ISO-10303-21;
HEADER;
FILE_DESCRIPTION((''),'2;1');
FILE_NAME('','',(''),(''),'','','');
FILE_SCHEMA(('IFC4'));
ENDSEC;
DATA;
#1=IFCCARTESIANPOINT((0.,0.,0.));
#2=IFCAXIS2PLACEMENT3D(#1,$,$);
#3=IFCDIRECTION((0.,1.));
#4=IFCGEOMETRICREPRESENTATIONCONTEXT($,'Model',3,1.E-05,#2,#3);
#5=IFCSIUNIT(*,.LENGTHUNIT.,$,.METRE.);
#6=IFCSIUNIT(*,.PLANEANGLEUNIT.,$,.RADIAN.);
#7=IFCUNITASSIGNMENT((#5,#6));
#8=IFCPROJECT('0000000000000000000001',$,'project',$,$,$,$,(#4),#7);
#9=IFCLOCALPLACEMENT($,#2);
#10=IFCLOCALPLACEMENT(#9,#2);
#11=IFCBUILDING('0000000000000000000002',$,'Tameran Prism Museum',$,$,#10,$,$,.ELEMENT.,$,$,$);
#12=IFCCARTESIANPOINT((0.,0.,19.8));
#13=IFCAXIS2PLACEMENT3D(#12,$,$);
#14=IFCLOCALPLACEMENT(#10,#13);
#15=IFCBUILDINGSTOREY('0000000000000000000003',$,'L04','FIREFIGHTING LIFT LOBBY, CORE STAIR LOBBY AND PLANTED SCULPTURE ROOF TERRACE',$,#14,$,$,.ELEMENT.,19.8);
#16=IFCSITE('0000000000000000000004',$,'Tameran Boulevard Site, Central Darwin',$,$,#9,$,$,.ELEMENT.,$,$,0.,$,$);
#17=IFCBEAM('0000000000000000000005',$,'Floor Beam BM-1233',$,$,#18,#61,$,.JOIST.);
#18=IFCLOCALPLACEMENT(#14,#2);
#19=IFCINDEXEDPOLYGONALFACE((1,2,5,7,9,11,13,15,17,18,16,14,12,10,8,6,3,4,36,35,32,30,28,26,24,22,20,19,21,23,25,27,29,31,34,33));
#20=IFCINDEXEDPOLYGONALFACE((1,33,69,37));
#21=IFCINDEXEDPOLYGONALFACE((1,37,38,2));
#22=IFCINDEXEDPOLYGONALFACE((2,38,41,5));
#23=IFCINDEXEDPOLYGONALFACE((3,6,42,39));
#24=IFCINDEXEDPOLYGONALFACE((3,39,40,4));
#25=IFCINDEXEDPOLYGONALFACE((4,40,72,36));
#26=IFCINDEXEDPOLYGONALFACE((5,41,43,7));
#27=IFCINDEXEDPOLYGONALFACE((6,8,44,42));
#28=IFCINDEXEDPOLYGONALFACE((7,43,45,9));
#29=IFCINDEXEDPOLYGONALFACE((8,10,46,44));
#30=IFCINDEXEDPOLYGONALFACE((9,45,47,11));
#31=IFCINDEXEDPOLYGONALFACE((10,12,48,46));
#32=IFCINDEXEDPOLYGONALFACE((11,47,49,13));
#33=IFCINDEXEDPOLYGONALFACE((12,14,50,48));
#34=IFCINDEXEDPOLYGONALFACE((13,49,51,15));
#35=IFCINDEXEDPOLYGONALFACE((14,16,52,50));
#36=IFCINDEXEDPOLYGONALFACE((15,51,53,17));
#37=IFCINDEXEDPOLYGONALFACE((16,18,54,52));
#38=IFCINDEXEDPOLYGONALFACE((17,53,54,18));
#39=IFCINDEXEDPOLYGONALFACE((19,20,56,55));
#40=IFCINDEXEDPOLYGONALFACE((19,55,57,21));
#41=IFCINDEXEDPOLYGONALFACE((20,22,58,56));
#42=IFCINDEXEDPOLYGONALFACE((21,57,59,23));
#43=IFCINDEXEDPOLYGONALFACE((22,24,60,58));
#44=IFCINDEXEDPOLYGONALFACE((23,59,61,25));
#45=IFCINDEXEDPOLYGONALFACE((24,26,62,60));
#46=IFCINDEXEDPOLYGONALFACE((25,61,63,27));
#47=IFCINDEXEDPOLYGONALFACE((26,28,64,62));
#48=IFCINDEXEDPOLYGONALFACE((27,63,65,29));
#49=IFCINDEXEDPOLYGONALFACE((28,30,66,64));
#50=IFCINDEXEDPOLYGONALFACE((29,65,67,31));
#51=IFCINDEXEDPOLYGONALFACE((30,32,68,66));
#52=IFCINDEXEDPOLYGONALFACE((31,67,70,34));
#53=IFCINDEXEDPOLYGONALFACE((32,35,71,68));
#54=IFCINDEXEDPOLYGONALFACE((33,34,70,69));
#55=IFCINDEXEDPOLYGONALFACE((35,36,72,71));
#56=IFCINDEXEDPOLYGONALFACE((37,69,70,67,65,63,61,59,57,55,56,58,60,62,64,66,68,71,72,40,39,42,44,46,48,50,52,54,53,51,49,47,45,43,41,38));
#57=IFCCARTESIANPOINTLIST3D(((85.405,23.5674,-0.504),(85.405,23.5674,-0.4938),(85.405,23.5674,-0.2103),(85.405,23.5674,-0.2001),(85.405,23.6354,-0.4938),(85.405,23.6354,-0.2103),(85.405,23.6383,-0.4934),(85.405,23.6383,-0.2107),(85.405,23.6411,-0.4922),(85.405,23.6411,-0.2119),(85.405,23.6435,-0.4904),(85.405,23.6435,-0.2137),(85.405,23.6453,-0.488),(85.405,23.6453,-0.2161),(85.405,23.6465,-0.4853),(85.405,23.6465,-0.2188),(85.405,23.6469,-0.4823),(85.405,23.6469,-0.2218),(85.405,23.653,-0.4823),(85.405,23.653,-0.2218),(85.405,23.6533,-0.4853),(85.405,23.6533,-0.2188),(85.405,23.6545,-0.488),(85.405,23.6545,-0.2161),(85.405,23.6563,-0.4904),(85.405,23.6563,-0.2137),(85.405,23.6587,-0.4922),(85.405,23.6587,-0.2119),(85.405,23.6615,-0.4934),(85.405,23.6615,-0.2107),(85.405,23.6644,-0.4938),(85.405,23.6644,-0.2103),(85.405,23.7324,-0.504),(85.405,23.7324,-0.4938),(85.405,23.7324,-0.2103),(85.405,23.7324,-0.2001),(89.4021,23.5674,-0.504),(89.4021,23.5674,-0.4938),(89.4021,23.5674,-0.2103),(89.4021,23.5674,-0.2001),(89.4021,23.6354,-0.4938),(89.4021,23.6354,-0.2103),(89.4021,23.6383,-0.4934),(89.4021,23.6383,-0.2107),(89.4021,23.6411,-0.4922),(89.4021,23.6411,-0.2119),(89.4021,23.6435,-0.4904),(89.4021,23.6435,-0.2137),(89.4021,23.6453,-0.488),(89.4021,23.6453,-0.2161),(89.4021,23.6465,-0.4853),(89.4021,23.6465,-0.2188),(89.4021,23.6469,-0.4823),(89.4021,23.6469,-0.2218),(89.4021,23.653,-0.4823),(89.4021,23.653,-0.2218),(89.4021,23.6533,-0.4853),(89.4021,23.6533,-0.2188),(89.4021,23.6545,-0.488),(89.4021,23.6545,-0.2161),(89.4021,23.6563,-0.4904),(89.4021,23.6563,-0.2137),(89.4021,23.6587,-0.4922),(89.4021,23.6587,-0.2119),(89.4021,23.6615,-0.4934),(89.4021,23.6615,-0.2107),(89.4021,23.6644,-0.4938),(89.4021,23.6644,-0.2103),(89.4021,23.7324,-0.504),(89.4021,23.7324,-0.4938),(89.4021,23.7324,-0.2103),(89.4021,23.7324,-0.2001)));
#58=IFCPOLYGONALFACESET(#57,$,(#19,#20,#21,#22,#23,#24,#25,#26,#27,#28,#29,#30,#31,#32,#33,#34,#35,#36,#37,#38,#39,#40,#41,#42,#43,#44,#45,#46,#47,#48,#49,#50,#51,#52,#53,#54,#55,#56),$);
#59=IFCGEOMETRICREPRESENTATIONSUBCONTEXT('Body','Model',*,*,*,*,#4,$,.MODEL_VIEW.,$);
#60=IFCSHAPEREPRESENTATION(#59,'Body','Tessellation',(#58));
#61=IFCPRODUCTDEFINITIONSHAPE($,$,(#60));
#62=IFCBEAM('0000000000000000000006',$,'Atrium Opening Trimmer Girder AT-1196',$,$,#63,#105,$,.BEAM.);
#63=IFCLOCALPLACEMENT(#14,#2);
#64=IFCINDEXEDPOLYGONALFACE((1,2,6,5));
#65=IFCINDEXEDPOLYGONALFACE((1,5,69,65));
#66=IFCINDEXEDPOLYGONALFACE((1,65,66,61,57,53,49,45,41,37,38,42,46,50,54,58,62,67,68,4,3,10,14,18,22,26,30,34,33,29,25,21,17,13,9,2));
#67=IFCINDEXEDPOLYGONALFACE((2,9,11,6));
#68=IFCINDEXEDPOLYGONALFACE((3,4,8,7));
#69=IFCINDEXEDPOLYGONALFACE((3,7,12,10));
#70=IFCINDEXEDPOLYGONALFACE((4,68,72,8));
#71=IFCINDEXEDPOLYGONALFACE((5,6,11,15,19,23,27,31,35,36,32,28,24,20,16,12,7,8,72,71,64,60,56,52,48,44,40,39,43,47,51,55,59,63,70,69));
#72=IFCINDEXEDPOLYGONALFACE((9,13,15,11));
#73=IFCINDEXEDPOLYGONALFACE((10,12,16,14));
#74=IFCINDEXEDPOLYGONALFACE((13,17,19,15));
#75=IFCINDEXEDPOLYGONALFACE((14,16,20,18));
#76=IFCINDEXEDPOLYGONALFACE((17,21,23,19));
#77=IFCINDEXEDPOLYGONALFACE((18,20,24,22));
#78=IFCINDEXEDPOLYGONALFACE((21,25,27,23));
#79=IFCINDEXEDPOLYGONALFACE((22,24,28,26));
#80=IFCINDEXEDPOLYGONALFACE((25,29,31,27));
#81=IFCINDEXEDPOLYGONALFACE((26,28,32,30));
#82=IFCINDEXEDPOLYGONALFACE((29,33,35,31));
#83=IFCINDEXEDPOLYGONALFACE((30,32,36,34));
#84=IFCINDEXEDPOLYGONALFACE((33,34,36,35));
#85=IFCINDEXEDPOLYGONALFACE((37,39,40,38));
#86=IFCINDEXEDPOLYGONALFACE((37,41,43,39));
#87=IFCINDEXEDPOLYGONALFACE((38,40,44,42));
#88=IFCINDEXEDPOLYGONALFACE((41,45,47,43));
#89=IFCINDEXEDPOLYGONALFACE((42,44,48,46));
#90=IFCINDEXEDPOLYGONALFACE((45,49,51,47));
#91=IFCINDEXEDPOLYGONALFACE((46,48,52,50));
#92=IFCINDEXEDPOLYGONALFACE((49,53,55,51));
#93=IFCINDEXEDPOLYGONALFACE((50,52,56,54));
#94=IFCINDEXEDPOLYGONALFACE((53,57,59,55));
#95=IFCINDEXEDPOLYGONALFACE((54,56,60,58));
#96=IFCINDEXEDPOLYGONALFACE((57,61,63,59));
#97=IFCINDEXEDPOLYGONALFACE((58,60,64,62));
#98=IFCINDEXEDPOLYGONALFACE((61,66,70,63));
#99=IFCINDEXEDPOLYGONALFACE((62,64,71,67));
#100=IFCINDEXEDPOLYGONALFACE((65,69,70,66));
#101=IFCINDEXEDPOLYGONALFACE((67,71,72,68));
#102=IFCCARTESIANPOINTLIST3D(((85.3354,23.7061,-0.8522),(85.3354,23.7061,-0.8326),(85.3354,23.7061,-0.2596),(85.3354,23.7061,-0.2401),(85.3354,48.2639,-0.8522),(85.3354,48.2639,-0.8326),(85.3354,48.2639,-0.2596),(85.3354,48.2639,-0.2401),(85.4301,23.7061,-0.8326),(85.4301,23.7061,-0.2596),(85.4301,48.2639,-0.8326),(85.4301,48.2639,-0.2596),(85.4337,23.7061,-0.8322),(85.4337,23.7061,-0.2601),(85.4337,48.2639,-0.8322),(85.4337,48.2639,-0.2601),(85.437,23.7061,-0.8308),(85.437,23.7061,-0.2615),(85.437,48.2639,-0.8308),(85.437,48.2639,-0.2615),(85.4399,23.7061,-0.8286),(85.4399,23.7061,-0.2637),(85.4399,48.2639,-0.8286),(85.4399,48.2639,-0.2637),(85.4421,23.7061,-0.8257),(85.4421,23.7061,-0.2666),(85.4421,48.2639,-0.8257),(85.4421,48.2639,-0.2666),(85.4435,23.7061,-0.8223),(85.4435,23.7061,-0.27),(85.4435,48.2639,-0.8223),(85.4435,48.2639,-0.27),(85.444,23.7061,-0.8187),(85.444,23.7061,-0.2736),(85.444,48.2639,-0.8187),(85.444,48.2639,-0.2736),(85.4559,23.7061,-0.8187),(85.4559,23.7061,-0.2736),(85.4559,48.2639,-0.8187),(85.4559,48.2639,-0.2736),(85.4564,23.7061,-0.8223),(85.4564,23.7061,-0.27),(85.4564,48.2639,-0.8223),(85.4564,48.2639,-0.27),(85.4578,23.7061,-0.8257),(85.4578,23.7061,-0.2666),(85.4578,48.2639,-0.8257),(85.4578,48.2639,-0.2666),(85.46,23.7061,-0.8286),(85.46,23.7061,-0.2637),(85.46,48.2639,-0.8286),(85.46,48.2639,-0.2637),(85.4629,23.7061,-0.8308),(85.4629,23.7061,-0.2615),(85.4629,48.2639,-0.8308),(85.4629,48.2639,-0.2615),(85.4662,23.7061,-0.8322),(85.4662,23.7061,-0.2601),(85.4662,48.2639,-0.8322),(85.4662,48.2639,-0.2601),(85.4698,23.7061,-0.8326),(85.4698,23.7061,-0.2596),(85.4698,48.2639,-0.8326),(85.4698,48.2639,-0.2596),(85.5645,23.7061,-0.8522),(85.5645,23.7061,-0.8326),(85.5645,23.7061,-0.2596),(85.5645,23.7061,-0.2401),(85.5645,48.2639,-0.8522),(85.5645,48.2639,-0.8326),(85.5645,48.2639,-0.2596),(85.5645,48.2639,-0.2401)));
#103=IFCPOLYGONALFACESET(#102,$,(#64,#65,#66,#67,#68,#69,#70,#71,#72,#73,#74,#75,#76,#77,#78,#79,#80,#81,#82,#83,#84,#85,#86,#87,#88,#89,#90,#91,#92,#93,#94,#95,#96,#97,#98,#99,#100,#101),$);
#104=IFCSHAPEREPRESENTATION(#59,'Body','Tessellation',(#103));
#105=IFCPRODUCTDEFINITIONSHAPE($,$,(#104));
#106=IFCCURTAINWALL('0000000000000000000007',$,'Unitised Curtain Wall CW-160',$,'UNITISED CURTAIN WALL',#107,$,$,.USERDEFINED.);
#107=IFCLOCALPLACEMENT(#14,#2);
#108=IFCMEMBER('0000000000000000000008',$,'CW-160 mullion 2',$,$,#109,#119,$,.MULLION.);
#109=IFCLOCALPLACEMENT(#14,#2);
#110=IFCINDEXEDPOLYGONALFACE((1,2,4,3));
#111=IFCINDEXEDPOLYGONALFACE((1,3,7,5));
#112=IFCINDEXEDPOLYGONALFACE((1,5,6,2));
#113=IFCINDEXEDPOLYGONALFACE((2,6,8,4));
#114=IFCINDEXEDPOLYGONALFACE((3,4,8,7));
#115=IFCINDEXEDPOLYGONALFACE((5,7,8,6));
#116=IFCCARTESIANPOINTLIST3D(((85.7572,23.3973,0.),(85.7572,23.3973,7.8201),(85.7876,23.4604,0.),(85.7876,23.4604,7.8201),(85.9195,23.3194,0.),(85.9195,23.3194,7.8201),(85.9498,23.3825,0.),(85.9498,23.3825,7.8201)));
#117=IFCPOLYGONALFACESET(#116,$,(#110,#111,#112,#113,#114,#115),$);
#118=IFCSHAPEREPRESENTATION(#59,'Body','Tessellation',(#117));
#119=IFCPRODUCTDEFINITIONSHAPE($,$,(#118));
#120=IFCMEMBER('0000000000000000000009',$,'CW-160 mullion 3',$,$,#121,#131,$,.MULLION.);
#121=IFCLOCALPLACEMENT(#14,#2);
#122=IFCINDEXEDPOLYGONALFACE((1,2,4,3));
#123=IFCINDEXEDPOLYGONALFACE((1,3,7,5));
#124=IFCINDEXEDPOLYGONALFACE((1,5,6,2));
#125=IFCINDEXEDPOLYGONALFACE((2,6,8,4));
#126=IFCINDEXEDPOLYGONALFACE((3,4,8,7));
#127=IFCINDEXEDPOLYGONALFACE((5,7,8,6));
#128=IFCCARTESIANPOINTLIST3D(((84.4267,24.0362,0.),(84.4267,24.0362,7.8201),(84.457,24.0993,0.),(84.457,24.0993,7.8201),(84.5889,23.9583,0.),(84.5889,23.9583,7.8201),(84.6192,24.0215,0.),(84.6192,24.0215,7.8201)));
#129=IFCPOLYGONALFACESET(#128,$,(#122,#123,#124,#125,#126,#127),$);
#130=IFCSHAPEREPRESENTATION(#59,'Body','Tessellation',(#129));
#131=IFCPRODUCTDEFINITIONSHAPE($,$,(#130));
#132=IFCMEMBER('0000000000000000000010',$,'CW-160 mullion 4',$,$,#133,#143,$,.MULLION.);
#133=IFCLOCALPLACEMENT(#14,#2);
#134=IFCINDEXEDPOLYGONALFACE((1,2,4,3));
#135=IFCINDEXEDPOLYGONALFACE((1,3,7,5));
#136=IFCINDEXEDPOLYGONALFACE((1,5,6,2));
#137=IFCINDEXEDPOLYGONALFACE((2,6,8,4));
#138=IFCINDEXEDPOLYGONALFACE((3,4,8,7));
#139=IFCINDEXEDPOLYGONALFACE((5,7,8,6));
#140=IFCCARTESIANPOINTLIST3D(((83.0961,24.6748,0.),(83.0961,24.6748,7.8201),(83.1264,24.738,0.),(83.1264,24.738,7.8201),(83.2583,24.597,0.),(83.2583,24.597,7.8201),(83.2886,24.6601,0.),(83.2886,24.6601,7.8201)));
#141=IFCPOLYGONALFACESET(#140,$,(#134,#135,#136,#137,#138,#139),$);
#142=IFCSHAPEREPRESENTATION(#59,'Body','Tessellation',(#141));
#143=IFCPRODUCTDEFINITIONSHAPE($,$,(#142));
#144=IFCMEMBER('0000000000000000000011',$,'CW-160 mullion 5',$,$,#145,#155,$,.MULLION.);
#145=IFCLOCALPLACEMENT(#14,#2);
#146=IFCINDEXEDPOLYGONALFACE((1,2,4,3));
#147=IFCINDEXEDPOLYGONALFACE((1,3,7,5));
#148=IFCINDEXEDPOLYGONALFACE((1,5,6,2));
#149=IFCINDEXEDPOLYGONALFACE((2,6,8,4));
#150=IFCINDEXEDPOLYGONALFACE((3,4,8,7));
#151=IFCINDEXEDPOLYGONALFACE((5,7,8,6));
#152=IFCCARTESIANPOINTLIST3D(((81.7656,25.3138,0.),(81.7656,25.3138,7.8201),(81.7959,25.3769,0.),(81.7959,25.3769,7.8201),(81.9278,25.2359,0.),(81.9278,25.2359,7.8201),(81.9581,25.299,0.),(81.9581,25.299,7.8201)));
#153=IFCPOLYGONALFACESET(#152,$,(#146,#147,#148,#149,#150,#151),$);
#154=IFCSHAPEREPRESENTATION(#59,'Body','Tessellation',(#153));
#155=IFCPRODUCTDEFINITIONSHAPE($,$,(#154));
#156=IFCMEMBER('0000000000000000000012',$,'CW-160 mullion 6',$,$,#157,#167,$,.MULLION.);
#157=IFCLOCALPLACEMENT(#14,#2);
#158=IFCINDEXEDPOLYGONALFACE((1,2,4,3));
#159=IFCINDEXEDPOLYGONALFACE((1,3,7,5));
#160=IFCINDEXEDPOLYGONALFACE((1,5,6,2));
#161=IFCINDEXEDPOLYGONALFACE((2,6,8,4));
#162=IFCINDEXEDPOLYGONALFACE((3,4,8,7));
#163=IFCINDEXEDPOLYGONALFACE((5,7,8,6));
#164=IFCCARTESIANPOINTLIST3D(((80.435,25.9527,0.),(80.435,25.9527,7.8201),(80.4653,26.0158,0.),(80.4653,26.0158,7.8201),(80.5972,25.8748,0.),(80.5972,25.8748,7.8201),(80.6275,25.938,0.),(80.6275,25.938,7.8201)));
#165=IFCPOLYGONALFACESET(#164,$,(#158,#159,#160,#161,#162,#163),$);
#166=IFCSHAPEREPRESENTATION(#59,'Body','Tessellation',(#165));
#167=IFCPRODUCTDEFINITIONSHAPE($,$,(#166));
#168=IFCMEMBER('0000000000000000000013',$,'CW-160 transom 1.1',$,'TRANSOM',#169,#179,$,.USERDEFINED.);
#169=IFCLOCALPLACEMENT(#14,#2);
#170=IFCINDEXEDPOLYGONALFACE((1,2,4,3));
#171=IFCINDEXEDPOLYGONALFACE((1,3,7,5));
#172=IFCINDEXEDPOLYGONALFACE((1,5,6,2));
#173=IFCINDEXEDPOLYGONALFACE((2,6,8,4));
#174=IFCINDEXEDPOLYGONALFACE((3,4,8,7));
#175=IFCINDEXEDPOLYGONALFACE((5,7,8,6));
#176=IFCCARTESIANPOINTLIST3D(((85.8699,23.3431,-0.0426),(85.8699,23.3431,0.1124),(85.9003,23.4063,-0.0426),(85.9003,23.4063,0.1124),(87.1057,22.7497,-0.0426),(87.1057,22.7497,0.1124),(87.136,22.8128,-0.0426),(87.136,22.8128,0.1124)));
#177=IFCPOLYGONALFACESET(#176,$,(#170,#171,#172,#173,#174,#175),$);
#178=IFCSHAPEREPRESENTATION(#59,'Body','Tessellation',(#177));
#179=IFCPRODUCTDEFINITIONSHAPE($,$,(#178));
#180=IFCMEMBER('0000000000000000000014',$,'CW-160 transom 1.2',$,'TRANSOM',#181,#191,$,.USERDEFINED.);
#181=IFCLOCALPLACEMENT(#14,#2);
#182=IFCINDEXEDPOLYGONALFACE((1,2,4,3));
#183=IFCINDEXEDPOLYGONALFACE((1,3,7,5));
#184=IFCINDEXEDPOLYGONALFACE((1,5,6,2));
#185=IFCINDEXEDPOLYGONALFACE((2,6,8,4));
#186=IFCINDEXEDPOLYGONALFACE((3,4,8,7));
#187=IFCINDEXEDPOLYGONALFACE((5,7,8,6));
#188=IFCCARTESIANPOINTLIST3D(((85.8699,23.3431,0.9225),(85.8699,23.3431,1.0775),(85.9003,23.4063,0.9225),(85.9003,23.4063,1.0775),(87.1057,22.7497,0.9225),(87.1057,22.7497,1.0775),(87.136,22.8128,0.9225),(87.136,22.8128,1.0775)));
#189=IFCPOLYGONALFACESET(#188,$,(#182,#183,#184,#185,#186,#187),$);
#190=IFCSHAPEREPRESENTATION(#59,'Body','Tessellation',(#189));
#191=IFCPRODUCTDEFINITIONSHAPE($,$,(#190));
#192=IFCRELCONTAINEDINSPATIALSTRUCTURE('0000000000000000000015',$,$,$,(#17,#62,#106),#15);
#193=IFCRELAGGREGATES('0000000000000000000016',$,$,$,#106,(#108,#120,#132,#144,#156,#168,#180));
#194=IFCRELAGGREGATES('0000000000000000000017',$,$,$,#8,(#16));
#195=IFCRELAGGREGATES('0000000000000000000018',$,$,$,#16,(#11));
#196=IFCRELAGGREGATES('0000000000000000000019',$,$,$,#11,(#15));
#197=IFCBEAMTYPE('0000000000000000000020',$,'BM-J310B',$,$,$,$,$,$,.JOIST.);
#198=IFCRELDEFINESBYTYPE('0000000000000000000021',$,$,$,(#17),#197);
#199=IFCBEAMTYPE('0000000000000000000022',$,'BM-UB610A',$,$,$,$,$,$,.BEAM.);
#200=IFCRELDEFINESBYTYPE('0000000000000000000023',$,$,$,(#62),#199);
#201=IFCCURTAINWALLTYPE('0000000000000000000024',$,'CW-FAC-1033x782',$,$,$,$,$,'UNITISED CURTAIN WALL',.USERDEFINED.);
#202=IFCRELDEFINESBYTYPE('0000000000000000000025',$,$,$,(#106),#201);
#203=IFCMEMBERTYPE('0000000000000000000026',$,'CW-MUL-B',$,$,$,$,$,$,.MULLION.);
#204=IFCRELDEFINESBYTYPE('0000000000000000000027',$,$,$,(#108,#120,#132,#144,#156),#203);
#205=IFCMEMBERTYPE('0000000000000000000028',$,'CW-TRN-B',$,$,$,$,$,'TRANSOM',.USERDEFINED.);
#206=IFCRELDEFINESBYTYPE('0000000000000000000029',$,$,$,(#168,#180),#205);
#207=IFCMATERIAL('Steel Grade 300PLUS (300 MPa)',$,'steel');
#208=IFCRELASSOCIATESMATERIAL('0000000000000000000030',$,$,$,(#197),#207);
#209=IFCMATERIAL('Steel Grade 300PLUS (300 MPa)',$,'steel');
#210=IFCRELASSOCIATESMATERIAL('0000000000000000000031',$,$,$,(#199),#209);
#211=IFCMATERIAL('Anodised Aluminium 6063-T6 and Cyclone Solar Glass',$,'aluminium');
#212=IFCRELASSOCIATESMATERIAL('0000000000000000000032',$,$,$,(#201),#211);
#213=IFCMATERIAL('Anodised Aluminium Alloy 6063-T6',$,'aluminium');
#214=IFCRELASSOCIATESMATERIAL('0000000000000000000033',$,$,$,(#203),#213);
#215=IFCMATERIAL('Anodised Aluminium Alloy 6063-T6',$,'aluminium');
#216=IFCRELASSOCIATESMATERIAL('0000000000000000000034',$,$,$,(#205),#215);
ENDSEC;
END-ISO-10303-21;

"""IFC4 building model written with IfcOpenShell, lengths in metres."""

from ifc_helpers import new_model, si_unit, direction, frame, origin, origin_2d, place, context, subcontext, project, spatial, rectangle, i_section, extrude, material, material_profile, profile_set, type_object, element, aggregate, save


model = new_model("IFC4")

# Units and contexts
model_context = context("Model", 3, precision=1e-05, world=origin(), true_north=direction((0.0, 1.0)))
body_context = subcontext(model_context, "Body", "Model", "MODEL_VIEW")
ifc_project = project(units=[si_unit("LENGTHUNIT", "METRE"), si_unit("PLANEANGLEUNIT", "RADIAN")], contexts=[model_context])

# Site, building, storey
site_placement = place(None, origin())
site = spatial("IfcSite", under=ifc_project, at=site_placement, Name="Tameran Boulevard Site, Central Darwin", CompositionType="ELEMENT", RefElevation=0.0)
building_placement = place(site_placement, origin())
building = spatial("IfcBuilding", under=site, at=building_placement, Name="Tameran Prism Museum", CompositionType="ELEMENT")
storey_placement = place(building_placement, frame((0.0, 0.0, 19.8)))
storey = spatial("IfcBuildingStorey", under=building, at=storey_placement, Name="L04", Description="FIREFIGHTING LIFT LOBBY, CORE STAIR LOBBY AND PLANTED SCULPTURE ROOF TERRACE", CompositionType="ELEMENT", Elevation=19.8)

# Beams
ifc_material_1 = material(Name="Steel Grade 300PLUS (300 MPa)", Category="steel")
ifc_material_profile_1 = material_profile(ifc_material_1, i_section(OverallWidth=0.165, OverallDepth=0.304, WebThickness=0.0061, FlangeThickness=0.0103, FilletRadius=0.0115, at=origin_2d()))
ifc_profile_set_1 = profile_set([ifc_material_profile_1])
beam_type_1 = type_object("IfcBeamType", Name="BM-J310B", PredefinedType="JOIST", material=ifc_profile_set_1)
beam_1_placement = place(storey_placement, frame((85.405, 23.6499, -0.3521), z_axis=(1.0, 0.0, 0.0), x_axis=(0.0, 1.0, 0.0)))
element("IfcBeam", 1, at=beam_1_placement, inside=storey, type_object=beam_type_1, Name="Floor Beam BM-1233", PredefinedType="JOIST", context=body_context, shape_type="SweptSolid", body=[
    extrude(i_section(OverallWidth=0.165, OverallDepth=0.304, WebThickness=0.0061, FlangeThickness=0.0103, FilletRadius=0.0115, at=origin_2d()), origin(), (0.0, 0.0, 1.0), 3.9971),
])
ifc_material_2 = material(Name="Steel Grade 300PLUS (300 MPa)", Category="steel")
ifc_material_profile_2 = material_profile(ifc_material_2, i_section(OverallWidth=0.229, OverallDepth=0.6121, WebThickness=0.012, FlangeThickness=0.0195, FilletRadius=0.0139, at=origin_2d()))
ifc_profile_set_2 = profile_set([ifc_material_profile_2])
beam_type_2 = type_object("IfcBeamType", Name="BM-UB610A", PredefinedType="BEAM", material=ifc_profile_set_2)
beam_2_placement = place(storey_placement, frame((85.45, 23.7061, -0.5461), z_axis=(0.0, 1.0, 0.0), x_axis=(-1.0, 0.0, 0.0)))
element("IfcBeam", 2, at=beam_2_placement, inside=storey, type_object=beam_type_2, Name="Atrium Opening Trimmer Girder AT-1196", PredefinedType="BEAM", context=body_context, shape_type="SweptSolid", body=[
    extrude(i_section(OverallWidth=0.229, OverallDepth=0.6121, WebThickness=0.012, FlangeThickness=0.0195, FilletRadius=0.0139, at=origin_2d()), origin(), (0.0, 0.0, 1.0), 24.5579),
])

# Curtain wall, members
ifc_material_3 = material(Name="Anodised Aluminium 6063-T6 and Cyclone Solar Glass", Category="aluminium")
curtain_wall_type = type_object("IfcCurtainWallType", Name="CW-FAC-1033x782", ElementType="UNITISED CURTAIN WALL", PredefinedType="USERDEFINED", material=ifc_material_3)
curtain_wall_placement = place(storey_placement, origin())
curtain_wall = element("IfcCurtainWall", 3, at=curtain_wall_placement, inside=storey, type_object=curtain_wall_type, Name="Unitised Curtain Wall CW-160", ObjectType="UNITISED CURTAIN WALL", PredefinedType="USERDEFINED")
ifc_material_4 = material(Name="Anodised Aluminium Alloy 6063-T6", Category="aluminium")
ifc_material_profile_3 = material_profile(ifc_material_4, rectangle(XDim=0.0701, YDim=0.1799, at=origin_2d()))
ifc_profile_set_3 = profile_set([ifc_material_profile_3])
member_type_1 = type_object("IfcMemberType", Name="CW-MUL-B", PredefinedType="MULLION", material=ifc_profile_set_3)
member_1_placement = place(storey_placement, frame((85.8535, 23.3899, 0.0), z_axis=(0.0, 0.0, 1.0), x_axis=(-0.432832, -0.901475, 0.0)))
member_1 = element("IfcMember", 4, at=member_1_placement, type_object=member_type_1, Name="CW-160 mullion 2", PredefinedType="MULLION", context=body_context, shape_type="SweptSolid", body=[
    extrude(rectangle(XDim=0.0701, YDim=0.1799, at=origin_2d()), origin(), (0.0, 0.0, 1.0), 7.8201),
])
member_2_placement = place(storey_placement, frame((84.5229, 24.0288, 0.0), z_axis=(0.0, 0.0, 1.0), x_axis=(-0.432832, -0.901475, 0.0)))
member_2 = element("IfcMember", 5, at=member_2_placement, type_object=member_type_1, Name="CW-160 mullion 3", PredefinedType="MULLION", context=body_context, shape_type="SweptSolid", body=[
    extrude(rectangle(XDim=0.0701, YDim=0.1799, at=origin_2d()), origin(), (0.0, 0.0, 1.0), 7.8201),
])
member_3_placement = place(storey_placement, frame((83.1924, 24.6675, 0.0), z_axis=(0.0, 0.0, 1.0), x_axis=(-0.432832, -0.901475, 0.0)))
member_3 = element("IfcMember", 6, at=member_3_placement, type_object=member_type_1, Name="CW-160 mullion 4", PredefinedType="MULLION", context=body_context, shape_type="SweptSolid", body=[
    extrude(rectangle(XDim=0.0701, YDim=0.1799, at=origin_2d()), origin(), (0.0, 0.0, 1.0), 7.8201),
])
member_4_placement = place(storey_placement, frame((81.8618, 25.3064, 0.0), z_axis=(0.0, 0.0, 1.0), x_axis=(-0.432832, -0.901475, 0.0)))
member_4 = element("IfcMember", 7, at=member_4_placement, type_object=member_type_1, Name="CW-160 mullion 5", PredefinedType="MULLION", context=body_context, shape_type="SweptSolid", body=[
    extrude(rectangle(XDim=0.0701, YDim=0.1799, at=origin_2d()), origin(), (0.0, 0.0, 1.0), 7.8201),
])
member_5_placement = place(storey_placement, frame((80.5312, 25.9453, 0.0), z_axis=(0.0, 0.0, 1.0), x_axis=(-0.432832, -0.901475, 0.0)))
member_5 = element("IfcMember", 8, at=member_5_placement, type_object=member_type_1, Name="CW-160 mullion 6", PredefinedType="MULLION", context=body_context, shape_type="SweptSolid", body=[
    extrude(rectangle(XDim=0.0701, YDim=0.1799, at=origin_2d()), origin(), (0.0, 0.0, 1.0), 7.8201),
])
ifc_material_5 = material(Name="Anodised Aluminium Alloy 6063-T6", Category="aluminium")
ifc_material_profile_4 = material_profile(ifc_material_5, rectangle(XDim=0.0701, YDim=0.155, at=origin_2d()))
ifc_profile_set_4 = profile_set([ifc_material_profile_4])
member_type_2 = type_object("IfcMemberType", Name="CW-TRN-B", ElementType="TRANSOM", PredefinedType="USERDEFINED", material=ifc_profile_set_4)
member_6_placement = place(storey_placement, frame((87.1208, 22.7812, 0.0349), z_axis=(-0.901437, 0.432911, 0.0), x_axis=(-0.432911, -0.901437, 0.0)))
member_6 = element("IfcMember", 9, at=member_6_placement, type_object=member_type_2, Name="CW-160 transom 1.1", ObjectType="TRANSOM", PredefinedType="USERDEFINED", context=body_context, shape_type="SweptSolid", body=[
    extrude(rectangle(XDim=0.0701, YDim=0.155, at=origin_2d()), origin(), (0.0, 0.0, 1.0), 1.3708),
])
member_7_placement = place(storey_placement, frame((87.1208, 22.7812, 1.0), z_axis=(-0.901437, 0.432911, 0.0), x_axis=(-0.432911, -0.901437, 0.0)))
member_7 = element("IfcMember", 10, at=member_7_placement, type_object=member_type_2, Name="CW-160 transom 1.2", ObjectType="TRANSOM", PredefinedType="USERDEFINED", context=body_context, shape_type="SweptSolid", body=[
    extrude(rectangle(XDim=0.0701, YDim=0.155, at=origin_2d()), origin(), (0.0, 0.0, 1.0), 1.3708),
])
aggregate(curtain_wall, [member_1, member_2, member_3, member_4, member_5, member_6, member_7])

save(model, "model.ifc")
